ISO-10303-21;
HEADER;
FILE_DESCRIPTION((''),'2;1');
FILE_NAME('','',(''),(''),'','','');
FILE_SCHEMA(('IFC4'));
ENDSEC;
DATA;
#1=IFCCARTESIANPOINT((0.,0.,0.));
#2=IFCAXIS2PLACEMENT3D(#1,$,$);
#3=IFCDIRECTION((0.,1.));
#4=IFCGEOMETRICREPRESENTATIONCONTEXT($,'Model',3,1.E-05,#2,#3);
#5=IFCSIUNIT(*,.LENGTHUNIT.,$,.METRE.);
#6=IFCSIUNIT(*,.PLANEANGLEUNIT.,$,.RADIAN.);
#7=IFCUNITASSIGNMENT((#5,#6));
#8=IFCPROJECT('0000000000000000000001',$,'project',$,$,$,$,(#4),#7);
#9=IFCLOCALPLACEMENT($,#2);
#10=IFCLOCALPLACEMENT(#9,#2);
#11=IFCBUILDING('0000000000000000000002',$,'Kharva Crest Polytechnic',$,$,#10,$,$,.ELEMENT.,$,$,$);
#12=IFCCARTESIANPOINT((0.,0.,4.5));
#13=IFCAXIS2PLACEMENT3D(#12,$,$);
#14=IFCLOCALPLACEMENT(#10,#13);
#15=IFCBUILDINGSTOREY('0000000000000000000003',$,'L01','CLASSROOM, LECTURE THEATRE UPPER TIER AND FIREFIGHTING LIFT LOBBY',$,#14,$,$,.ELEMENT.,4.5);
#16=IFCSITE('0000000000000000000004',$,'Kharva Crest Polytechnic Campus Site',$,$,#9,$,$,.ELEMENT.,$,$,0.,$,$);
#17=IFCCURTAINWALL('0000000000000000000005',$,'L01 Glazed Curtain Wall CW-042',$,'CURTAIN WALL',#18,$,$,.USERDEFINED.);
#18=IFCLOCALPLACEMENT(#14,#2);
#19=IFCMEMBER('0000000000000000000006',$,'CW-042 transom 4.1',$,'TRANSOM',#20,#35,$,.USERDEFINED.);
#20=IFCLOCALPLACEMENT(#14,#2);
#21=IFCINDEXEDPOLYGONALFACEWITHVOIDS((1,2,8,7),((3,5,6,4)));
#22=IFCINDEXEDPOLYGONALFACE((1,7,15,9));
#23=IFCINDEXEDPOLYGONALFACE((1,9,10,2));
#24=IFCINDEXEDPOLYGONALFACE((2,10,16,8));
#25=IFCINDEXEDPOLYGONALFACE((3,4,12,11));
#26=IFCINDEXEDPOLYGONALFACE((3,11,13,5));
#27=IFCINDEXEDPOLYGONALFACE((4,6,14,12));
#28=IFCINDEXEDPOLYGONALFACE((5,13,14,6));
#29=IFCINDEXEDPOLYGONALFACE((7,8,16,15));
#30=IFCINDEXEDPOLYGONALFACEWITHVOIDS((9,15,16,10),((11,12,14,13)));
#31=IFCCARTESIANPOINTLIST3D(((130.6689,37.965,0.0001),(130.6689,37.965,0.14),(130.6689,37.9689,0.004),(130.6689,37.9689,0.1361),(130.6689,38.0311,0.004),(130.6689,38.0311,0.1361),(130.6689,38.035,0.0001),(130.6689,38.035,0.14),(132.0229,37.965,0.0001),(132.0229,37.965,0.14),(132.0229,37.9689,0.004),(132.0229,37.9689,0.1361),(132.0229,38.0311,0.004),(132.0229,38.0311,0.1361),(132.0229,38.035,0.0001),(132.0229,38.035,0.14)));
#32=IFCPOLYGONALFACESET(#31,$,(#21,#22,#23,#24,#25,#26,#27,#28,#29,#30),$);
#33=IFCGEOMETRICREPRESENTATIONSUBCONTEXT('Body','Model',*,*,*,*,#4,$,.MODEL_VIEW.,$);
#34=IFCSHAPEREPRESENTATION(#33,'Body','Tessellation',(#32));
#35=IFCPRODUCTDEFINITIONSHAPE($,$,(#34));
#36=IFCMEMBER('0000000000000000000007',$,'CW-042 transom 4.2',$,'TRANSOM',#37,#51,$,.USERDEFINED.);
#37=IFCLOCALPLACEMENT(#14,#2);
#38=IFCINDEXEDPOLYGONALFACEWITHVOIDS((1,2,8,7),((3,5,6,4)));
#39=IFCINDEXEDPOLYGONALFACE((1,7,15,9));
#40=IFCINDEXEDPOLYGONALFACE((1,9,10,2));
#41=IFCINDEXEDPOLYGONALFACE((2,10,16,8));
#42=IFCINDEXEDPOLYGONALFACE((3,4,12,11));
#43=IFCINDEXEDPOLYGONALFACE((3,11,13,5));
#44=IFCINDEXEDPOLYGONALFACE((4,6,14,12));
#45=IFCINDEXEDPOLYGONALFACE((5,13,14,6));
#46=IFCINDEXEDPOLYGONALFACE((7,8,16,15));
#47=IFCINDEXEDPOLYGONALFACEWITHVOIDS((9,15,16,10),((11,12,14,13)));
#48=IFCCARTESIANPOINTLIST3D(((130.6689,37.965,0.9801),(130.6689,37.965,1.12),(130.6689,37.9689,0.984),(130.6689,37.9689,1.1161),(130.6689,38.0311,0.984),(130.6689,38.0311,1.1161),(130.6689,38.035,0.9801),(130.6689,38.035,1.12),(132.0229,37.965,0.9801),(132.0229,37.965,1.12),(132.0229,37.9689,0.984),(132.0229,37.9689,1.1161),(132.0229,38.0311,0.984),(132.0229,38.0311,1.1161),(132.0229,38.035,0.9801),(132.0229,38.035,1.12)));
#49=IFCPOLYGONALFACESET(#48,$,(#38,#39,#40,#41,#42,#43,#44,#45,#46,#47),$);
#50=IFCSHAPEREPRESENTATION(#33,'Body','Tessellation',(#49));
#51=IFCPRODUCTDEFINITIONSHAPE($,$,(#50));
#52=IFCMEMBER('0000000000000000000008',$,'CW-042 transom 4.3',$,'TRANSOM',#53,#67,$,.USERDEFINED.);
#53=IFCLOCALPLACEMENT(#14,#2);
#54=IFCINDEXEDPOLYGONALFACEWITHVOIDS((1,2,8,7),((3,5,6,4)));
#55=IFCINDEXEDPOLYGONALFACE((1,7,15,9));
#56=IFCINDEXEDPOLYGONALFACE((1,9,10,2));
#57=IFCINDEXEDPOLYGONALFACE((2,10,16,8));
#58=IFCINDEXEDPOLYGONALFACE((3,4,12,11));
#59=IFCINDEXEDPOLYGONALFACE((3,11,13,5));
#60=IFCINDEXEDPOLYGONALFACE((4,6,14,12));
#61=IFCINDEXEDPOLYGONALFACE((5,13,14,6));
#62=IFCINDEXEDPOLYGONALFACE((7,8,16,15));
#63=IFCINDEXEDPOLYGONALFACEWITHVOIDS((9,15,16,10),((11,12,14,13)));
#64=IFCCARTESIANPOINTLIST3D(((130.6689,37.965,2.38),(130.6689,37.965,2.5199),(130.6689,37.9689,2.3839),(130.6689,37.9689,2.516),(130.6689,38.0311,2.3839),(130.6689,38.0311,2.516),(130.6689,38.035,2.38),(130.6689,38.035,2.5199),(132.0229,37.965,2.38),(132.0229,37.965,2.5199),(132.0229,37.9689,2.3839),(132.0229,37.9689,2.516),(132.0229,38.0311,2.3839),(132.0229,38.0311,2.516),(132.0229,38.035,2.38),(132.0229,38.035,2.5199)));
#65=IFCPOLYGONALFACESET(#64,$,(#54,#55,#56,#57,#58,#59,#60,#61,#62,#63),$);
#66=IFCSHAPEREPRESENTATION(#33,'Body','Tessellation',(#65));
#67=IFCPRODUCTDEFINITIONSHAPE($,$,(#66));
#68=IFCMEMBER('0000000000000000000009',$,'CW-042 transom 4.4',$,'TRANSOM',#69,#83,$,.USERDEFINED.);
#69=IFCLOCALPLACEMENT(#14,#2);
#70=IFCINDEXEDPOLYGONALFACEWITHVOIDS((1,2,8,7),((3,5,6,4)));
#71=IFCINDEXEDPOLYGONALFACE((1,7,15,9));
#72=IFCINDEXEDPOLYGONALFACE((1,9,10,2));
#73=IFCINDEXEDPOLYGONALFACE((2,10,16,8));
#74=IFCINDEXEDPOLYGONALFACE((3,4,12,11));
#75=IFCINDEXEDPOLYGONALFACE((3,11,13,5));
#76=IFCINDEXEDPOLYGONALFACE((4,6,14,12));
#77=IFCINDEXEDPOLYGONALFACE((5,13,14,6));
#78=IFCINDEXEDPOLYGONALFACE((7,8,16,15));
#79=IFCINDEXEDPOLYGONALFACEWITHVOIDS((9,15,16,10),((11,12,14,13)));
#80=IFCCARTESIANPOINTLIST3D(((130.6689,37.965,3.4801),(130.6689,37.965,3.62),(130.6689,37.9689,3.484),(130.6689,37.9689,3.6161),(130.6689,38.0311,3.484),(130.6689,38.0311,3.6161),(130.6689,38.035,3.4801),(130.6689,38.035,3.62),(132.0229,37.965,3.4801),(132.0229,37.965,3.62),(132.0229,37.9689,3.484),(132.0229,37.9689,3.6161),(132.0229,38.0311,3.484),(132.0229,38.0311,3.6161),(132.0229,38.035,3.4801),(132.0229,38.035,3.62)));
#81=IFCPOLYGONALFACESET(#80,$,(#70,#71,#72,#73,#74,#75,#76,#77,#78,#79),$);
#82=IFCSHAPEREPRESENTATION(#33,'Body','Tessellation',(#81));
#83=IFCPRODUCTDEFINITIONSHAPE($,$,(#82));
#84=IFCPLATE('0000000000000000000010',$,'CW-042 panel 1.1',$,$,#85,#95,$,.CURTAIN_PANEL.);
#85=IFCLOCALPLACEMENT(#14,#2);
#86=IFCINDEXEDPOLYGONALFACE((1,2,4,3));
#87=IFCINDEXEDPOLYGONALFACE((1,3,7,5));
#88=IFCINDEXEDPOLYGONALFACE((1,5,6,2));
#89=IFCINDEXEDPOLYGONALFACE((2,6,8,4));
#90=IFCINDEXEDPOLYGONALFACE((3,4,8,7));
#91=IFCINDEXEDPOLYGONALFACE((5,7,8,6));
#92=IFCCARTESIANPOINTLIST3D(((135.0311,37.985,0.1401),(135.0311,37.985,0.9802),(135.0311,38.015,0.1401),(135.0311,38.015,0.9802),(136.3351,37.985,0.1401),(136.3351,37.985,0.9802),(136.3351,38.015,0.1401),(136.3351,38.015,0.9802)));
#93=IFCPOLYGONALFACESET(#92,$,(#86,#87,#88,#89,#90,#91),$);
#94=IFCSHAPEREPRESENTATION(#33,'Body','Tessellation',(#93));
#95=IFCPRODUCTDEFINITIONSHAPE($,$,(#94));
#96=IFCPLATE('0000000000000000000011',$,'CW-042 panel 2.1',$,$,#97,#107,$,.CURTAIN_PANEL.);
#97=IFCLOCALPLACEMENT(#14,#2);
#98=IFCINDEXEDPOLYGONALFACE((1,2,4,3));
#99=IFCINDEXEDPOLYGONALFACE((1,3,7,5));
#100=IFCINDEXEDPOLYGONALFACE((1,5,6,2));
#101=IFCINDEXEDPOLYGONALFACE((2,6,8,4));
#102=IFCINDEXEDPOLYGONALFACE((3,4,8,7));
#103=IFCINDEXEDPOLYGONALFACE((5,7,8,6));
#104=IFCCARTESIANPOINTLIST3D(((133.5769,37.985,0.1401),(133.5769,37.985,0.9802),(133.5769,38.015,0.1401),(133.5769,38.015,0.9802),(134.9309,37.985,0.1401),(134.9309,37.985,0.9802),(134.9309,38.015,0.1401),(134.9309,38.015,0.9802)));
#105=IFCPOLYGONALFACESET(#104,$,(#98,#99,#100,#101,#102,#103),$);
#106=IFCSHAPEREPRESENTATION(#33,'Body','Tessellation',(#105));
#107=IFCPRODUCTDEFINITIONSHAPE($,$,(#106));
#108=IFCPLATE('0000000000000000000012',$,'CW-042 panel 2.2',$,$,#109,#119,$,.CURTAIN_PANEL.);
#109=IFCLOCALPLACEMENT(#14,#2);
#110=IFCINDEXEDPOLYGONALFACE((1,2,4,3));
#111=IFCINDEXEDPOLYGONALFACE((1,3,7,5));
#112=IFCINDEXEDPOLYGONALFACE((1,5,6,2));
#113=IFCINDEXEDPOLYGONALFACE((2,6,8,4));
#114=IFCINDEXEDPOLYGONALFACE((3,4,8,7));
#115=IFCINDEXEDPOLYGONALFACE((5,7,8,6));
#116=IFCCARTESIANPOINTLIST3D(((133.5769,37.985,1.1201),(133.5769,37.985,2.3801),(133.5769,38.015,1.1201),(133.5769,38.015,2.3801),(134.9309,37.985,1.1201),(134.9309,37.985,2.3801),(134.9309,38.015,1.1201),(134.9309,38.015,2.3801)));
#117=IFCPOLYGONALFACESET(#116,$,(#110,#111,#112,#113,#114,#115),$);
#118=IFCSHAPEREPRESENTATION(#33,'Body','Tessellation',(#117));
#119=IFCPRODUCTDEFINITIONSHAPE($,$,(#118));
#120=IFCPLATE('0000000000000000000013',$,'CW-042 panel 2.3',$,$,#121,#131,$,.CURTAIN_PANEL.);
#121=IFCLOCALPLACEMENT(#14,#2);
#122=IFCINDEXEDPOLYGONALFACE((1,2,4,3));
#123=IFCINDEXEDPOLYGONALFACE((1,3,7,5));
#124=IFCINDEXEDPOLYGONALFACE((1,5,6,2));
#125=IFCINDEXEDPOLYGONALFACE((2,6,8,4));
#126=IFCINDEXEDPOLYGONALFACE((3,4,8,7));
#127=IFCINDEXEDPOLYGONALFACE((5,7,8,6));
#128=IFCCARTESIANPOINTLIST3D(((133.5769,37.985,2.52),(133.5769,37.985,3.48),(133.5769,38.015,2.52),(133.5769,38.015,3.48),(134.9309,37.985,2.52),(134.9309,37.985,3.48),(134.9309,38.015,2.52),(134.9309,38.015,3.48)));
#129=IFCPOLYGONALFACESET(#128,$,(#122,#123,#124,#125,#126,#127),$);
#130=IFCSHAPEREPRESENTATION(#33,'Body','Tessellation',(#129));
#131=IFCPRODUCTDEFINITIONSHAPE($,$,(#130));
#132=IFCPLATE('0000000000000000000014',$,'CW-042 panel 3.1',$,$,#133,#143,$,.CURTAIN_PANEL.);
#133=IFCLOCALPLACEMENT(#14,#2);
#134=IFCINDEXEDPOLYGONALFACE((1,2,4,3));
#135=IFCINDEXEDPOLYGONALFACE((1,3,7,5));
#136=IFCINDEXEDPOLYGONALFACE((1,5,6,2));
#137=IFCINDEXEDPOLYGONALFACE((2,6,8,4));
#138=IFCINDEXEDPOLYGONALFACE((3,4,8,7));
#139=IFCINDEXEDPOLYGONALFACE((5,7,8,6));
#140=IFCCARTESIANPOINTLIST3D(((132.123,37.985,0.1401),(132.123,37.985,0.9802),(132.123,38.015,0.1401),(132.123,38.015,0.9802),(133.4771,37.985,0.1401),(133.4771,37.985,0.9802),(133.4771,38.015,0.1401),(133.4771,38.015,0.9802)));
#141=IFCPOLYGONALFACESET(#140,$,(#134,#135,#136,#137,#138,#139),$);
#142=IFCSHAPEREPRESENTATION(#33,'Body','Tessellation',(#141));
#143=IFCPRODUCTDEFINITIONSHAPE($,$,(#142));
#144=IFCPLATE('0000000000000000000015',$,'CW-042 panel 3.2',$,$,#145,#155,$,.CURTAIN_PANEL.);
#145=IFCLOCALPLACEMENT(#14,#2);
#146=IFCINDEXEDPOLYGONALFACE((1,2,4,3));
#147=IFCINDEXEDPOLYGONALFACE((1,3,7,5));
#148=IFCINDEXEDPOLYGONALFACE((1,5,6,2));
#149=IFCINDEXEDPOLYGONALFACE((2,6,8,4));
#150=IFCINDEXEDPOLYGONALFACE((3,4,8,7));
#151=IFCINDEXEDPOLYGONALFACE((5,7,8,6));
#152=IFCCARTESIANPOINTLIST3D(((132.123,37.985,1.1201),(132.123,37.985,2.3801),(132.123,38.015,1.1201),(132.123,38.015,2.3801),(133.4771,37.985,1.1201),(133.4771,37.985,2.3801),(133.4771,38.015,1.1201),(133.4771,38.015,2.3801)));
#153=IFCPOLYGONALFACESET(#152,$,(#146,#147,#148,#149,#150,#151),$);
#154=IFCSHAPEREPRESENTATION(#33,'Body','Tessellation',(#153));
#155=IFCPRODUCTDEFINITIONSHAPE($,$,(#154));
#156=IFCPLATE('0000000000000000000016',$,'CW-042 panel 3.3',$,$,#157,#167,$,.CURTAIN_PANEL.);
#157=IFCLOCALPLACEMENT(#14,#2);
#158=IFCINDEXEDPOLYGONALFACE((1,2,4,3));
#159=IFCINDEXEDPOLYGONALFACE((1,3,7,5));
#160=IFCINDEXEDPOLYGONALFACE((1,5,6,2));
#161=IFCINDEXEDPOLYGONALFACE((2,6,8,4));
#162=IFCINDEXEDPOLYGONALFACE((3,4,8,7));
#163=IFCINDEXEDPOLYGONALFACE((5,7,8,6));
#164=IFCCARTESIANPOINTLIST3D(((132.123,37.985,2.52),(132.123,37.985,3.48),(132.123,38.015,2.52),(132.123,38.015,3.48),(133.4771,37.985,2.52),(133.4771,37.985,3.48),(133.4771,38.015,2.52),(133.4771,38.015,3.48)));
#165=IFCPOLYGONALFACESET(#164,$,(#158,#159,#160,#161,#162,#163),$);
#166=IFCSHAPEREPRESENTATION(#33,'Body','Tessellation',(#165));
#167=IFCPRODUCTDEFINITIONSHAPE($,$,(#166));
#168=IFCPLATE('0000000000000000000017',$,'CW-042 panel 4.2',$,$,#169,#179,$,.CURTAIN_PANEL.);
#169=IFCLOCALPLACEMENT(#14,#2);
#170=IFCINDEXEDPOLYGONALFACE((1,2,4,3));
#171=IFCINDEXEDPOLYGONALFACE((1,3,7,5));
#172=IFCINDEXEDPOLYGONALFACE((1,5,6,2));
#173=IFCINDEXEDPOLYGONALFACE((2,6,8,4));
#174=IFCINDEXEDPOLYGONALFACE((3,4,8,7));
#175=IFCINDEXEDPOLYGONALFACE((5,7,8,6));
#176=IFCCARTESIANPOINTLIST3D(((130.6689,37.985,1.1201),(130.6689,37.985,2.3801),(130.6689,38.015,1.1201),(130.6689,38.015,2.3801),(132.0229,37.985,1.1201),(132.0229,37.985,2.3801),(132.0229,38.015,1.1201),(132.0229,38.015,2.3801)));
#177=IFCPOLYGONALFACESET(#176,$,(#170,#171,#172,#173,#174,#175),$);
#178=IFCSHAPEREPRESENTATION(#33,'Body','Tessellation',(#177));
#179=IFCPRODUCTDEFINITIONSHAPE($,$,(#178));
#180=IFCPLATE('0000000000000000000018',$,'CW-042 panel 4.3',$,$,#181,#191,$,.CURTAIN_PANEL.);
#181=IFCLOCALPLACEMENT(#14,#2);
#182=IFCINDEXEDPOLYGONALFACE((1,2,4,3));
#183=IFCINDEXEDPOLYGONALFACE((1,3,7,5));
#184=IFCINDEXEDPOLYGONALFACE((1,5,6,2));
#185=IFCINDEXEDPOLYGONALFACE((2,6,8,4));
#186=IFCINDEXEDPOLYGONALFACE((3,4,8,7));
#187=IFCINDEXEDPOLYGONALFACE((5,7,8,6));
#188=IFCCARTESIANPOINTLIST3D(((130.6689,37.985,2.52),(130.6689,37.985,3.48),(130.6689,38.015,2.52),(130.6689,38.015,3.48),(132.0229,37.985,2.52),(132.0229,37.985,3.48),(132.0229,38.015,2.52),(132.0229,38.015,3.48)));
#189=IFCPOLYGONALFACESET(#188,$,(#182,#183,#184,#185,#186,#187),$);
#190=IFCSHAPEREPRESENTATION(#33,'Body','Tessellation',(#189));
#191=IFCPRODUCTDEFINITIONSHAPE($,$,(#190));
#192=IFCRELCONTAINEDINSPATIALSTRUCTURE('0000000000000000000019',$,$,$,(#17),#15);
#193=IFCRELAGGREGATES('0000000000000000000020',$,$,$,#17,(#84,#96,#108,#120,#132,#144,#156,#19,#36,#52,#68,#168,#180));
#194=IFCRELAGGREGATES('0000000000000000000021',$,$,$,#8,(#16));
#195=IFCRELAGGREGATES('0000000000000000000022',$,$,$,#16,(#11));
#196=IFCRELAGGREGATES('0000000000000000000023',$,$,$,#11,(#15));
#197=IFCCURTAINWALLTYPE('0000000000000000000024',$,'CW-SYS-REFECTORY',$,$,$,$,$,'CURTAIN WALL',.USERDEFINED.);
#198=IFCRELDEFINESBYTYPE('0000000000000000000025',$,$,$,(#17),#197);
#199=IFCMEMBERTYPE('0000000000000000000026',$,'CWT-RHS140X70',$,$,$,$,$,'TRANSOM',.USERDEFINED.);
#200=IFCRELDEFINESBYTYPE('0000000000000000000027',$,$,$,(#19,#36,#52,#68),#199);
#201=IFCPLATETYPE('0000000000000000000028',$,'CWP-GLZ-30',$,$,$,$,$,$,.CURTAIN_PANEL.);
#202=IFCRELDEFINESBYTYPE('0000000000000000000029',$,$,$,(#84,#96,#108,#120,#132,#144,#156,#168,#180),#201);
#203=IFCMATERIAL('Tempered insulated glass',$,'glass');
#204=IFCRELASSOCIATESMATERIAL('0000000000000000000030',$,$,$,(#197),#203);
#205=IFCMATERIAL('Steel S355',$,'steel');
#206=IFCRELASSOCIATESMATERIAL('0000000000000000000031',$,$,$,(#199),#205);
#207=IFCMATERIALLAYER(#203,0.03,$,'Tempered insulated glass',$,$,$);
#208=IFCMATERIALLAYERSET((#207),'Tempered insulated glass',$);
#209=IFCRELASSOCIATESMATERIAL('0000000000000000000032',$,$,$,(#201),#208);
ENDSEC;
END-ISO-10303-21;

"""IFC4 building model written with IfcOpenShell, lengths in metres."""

from ifc_helpers import new_model, si_unit, direction, frame, origin, origin_2d, place, context, subcontext, project, spatial, rectangle, hollow_rectangle, extrude, material, layer, layer_set, material_profile, profile_set, type_object, element, aggregate, save


model = new_model("IFC4")

# Units and contexts
model_context = context("Model", 3, precision=1e-05, world=origin(), true_north=direction((0.0, 1.0)))
body_context = subcontext(model_context, "Body", "Model", "MODEL_VIEW")
ifc_project = project(units=[si_unit("LENGTHUNIT", "METRE"), si_unit("PLANEANGLEUNIT", "RADIAN")], contexts=[model_context])

# Site, building, storey
site_placement = place(None, origin())
site = spatial("IfcSite", under=ifc_project, at=site_placement, Name="Kharva Crest Polytechnic Campus Site", CompositionType="ELEMENT", RefElevation=0.0)
building_placement = place(site_placement, origin())
building = spatial("IfcBuilding", under=site, at=building_placement, Name="Kharva Crest Polytechnic", CompositionType="ELEMENT")
storey_placement = place(building_placement, frame((0.0, 0.0, 4.5)))
storey = spatial("IfcBuildingStorey", under=building, at=storey_placement, Name="L01", Description="CLASSROOM, LECTURE THEATRE UPPER TIER AND FIREFIGHTING LIFT LOBBY", CompositionType="ELEMENT", Elevation=4.5)

# Curtain wall, members, plates
ifc_material_1 = material(Name="Tempered insulated glass", Category="glass")
curtain_wall_type = type_object("IfcCurtainWallType", Name="CW-SYS-REFECTORY", ElementType="CURTAIN WALL", PredefinedType="USERDEFINED", material=ifc_material_1)
curtain_wall_placement = place(storey_placement, origin())
curtain_wall = element("IfcCurtainWall", 1, at=curtain_wall_placement, inside=storey, type_object=curtain_wall_type, Name="L01 Glazed Curtain Wall CW-042", ObjectType="CURTAIN WALL", PredefinedType="USERDEFINED")
ifc_material_2 = material(Name="Steel S355", Category="steel")
ifc_material_profile_1 = material_profile(ifc_material_2, hollow_rectangle(XDim=0.0701, YDim=0.1399, WallThickness=0.0039, at=origin_2d()), Name="RHS 140X70X4.0")
ifc_profile_set_1 = profile_set([ifc_material_profile_1], Name="Steel S355")
member_type_1 = type_object("IfcMemberType", Name="CWT-RHS140X70", ElementType="TRANSOM", PredefinedType="USERDEFINED", material=ifc_profile_set_1)
member_1_placement = place(storey_placement, frame((132.0229, 38.0, 0.0701), z_axis=(-1.0, 0.0, 0.0), x_axis=(0.0, -1.0, 0.0)))
member_1 = element("IfcMember", 2, at=member_1_placement, type_object=member_type_1, Name="CW-042 transom 4.1", ObjectType="TRANSOM", PredefinedType="USERDEFINED", context=body_context, shape_type="SweptSolid", body=[
    extrude(hollow_rectangle(XDim=0.0701, YDim=0.1399, WallThickness=0.0039, at=origin_2d()), origin(), (0.0, 0.0, 1.0), 1.354),
])
member_2_placement = place(storey_placement, frame((132.0229, 38.0, 1.05), z_axis=(-1.0, 0.0, 0.0), x_axis=(0.0, -1.0, 0.0)))
member_2 = element("IfcMember", 3, at=member_2_placement, type_object=member_type_1, Name="CW-042 transom 4.2", ObjectType="TRANSOM", PredefinedType="USERDEFINED", context=body_context, shape_type="SweptSolid", body=[
    extrude(hollow_rectangle(XDim=0.0701, YDim=0.1399, WallThickness=0.0039, at=origin_2d()), origin(), (0.0, 0.0, 1.0), 1.354),
])
member_3_placement = place(storey_placement, frame((132.0229, 38.0, 2.45), z_axis=(-1.0, 0.0, 0.0), x_axis=(0.0, -1.0, 0.0)))
member_3 = element("IfcMember", 4, at=member_3_placement, type_object=member_type_1, Name="CW-042 transom 4.3", ObjectType="TRANSOM", PredefinedType="USERDEFINED", context=body_context, shape_type="SweptSolid", body=[
    extrude(hollow_rectangle(XDim=0.0701, YDim=0.1399, WallThickness=0.0039, at=origin_2d()), origin(), (0.0, 0.0, 1.0), 1.354),
])
member_4_placement = place(storey_placement, frame((132.0229, 38.0, 3.55), z_axis=(-1.0, 0.0, 0.0), x_axis=(0.0, -1.0, 0.0)))
member_4 = element("IfcMember", 5, at=member_4_placement, type_object=member_type_1, Name="CW-042 transom 4.4", ObjectType="TRANSOM", PredefinedType="USERDEFINED", context=body_context, shape_type="SweptSolid", body=[
    extrude(hollow_rectangle(XDim=0.0701, YDim=0.1399, WallThickness=0.0039, at=origin_2d()), origin(), (0.0, 0.0, 1.0), 1.354),
])
ifc_layer = layer(ifc_material_1, 0.03, Name="Tempered insulated glass")
ifc_layer_set = layer_set([ifc_layer], Name="Tempered insulated glass")
plate_type = type_object("IfcPlateType", Name="CWP-GLZ-30", PredefinedType="CURTAIN_PANEL", material=ifc_layer_set)
plate_1_placement = place(storey_placement, frame((135.6831, 38.0, 0.1401), z_axis=(0.0, 0.0, 1.0), x_axis=(-1.0, 0.0, 0.0)))
plate_1 = element("IfcPlate", 6, at=plate_1_placement, type_object=plate_type, Name="CW-042 panel 1.1", PredefinedType="CURTAIN_PANEL", context=body_context, shape_type="SweptSolid", body=[
    extrude(rectangle(XDim=1.304, YDim=0.03, at=origin_2d()), origin(), (0.0, 0.0, 1.0), 0.8401),
])
plate_2_placement = place(storey_placement, frame((134.2539, 38.0, 0.1401), z_axis=(0.0, 0.0, 1.0), x_axis=(-1.0, 0.0, 0.0)))
plate_2 = element("IfcPlate", 7, at=plate_2_placement, type_object=plate_type, Name="CW-042 panel 2.1", PredefinedType="CURTAIN_PANEL", context=body_context, shape_type="SweptSolid", body=[
    extrude(rectangle(XDim=1.354, YDim=0.03, at=origin_2d()), origin(), (0.0, 0.0, 1.0), 0.8401),
])
plate_3_placement = place(storey_placement, frame((134.2539, 38.0, 1.1201), z_axis=(0.0, 0.0, 1.0), x_axis=(-1.0, 0.0, 0.0)))
plate_3 = element("IfcPlate", 8, at=plate_3_placement, type_object=plate_type, Name="CW-042 panel 2.2", PredefinedType="CURTAIN_PANEL", context=body_context, shape_type="SweptSolid", body=[
    extrude(rectangle(XDim=1.354, YDim=0.03, at=origin_2d()), origin(), (0.0, 0.0, 1.0), 1.26),
])
plate_4_placement = place(storey_placement, frame((134.2539, 38.0, 2.52), z_axis=(0.0, 0.0, 1.0), x_axis=(-1.0, 0.0, 0.0)))
plate_4 = element("IfcPlate", 9, at=plate_4_placement, type_object=plate_type, Name="CW-042 panel 2.3", PredefinedType="CURTAIN_PANEL", context=body_context, shape_type="SweptSolid", body=[
    extrude(rectangle(XDim=1.354, YDim=0.03, at=origin_2d()), origin(), (0.0, 0.0, 1.0), 0.96),
])
plate_5_placement = place(storey_placement, frame((132.8, 38.0, 0.1401), z_axis=(0.0, 0.0, 1.0), x_axis=(-1.0, 0.0, 0.0)))
plate_5 = element("IfcPlate", 10, at=plate_5_placement, type_object=plate_type, Name="CW-042 panel 3.1", PredefinedType="CURTAIN_PANEL", context=body_context, shape_type="SweptSolid", body=[
    extrude(rectangle(XDim=1.354, YDim=0.03, at=origin_2d()), origin(), (0.0, 0.0, 1.0), 0.8401),
])
plate_6_placement = place(storey_placement, frame((132.8, 38.0, 1.1201), z_axis=(0.0, 0.0, 1.0), x_axis=(-1.0, 0.0, 0.0)))
plate_6 = element("IfcPlate", 11, at=plate_6_placement, type_object=plate_type, Name="CW-042 panel 3.2", PredefinedType="CURTAIN_PANEL", context=body_context, shape_type="SweptSolid", body=[
    extrude(rectangle(XDim=1.354, YDim=0.03, at=origin_2d()), origin(), (0.0, 0.0, 1.0), 1.26),
])
plate_7_placement = place(storey_placement, frame((132.8, 38.0, 2.52), z_axis=(0.0, 0.0, 1.0), x_axis=(-1.0, 0.0, 0.0)))
plate_7 = element("IfcPlate", 12, at=plate_7_placement, type_object=plate_type, Name="CW-042 panel 3.3", PredefinedType="CURTAIN_PANEL", context=body_context, shape_type="SweptSolid", body=[
    extrude(rectangle(XDim=1.354, YDim=0.03, at=origin_2d()), origin(), (0.0, 0.0, 1.0), 0.96),
])
plate_8_placement = place(storey_placement, frame((131.3459, 38.0, 1.1201), z_axis=(0.0, 0.0, 1.0), x_axis=(-1.0, 0.0, 0.0)))
plate_8 = element("IfcPlate", 13, at=plate_8_placement, type_object=plate_type, Name="CW-042 panel 4.2", PredefinedType="CURTAIN_PANEL", context=body_context, shape_type="SweptSolid", body=[
    extrude(rectangle(XDim=1.354, YDim=0.03, at=origin_2d()), origin(), (0.0, 0.0, 1.0), 1.26),
])
plate_9_placement = place(storey_placement, frame((131.3459, 38.0, 2.52), z_axis=(0.0, 0.0, 1.0), x_axis=(-1.0, 0.0, 0.0)))
plate_9 = element("IfcPlate", 14, at=plate_9_placement, type_object=plate_type, Name="CW-042 panel 4.3", PredefinedType="CURTAIN_PANEL", context=body_context, shape_type="SweptSolid", body=[
    extrude(rectangle(XDim=1.354, YDim=0.03, at=origin_2d()), origin(), (0.0, 0.0, 1.0), 0.96),
])
aggregate(curtain_wall, [plate_1, plate_2, plate_3, plate_4, plate_5, plate_6, plate_7, member_1, member_2, member_3, member_4, plate_8, plate_9])

save(model, "model.ifc")
